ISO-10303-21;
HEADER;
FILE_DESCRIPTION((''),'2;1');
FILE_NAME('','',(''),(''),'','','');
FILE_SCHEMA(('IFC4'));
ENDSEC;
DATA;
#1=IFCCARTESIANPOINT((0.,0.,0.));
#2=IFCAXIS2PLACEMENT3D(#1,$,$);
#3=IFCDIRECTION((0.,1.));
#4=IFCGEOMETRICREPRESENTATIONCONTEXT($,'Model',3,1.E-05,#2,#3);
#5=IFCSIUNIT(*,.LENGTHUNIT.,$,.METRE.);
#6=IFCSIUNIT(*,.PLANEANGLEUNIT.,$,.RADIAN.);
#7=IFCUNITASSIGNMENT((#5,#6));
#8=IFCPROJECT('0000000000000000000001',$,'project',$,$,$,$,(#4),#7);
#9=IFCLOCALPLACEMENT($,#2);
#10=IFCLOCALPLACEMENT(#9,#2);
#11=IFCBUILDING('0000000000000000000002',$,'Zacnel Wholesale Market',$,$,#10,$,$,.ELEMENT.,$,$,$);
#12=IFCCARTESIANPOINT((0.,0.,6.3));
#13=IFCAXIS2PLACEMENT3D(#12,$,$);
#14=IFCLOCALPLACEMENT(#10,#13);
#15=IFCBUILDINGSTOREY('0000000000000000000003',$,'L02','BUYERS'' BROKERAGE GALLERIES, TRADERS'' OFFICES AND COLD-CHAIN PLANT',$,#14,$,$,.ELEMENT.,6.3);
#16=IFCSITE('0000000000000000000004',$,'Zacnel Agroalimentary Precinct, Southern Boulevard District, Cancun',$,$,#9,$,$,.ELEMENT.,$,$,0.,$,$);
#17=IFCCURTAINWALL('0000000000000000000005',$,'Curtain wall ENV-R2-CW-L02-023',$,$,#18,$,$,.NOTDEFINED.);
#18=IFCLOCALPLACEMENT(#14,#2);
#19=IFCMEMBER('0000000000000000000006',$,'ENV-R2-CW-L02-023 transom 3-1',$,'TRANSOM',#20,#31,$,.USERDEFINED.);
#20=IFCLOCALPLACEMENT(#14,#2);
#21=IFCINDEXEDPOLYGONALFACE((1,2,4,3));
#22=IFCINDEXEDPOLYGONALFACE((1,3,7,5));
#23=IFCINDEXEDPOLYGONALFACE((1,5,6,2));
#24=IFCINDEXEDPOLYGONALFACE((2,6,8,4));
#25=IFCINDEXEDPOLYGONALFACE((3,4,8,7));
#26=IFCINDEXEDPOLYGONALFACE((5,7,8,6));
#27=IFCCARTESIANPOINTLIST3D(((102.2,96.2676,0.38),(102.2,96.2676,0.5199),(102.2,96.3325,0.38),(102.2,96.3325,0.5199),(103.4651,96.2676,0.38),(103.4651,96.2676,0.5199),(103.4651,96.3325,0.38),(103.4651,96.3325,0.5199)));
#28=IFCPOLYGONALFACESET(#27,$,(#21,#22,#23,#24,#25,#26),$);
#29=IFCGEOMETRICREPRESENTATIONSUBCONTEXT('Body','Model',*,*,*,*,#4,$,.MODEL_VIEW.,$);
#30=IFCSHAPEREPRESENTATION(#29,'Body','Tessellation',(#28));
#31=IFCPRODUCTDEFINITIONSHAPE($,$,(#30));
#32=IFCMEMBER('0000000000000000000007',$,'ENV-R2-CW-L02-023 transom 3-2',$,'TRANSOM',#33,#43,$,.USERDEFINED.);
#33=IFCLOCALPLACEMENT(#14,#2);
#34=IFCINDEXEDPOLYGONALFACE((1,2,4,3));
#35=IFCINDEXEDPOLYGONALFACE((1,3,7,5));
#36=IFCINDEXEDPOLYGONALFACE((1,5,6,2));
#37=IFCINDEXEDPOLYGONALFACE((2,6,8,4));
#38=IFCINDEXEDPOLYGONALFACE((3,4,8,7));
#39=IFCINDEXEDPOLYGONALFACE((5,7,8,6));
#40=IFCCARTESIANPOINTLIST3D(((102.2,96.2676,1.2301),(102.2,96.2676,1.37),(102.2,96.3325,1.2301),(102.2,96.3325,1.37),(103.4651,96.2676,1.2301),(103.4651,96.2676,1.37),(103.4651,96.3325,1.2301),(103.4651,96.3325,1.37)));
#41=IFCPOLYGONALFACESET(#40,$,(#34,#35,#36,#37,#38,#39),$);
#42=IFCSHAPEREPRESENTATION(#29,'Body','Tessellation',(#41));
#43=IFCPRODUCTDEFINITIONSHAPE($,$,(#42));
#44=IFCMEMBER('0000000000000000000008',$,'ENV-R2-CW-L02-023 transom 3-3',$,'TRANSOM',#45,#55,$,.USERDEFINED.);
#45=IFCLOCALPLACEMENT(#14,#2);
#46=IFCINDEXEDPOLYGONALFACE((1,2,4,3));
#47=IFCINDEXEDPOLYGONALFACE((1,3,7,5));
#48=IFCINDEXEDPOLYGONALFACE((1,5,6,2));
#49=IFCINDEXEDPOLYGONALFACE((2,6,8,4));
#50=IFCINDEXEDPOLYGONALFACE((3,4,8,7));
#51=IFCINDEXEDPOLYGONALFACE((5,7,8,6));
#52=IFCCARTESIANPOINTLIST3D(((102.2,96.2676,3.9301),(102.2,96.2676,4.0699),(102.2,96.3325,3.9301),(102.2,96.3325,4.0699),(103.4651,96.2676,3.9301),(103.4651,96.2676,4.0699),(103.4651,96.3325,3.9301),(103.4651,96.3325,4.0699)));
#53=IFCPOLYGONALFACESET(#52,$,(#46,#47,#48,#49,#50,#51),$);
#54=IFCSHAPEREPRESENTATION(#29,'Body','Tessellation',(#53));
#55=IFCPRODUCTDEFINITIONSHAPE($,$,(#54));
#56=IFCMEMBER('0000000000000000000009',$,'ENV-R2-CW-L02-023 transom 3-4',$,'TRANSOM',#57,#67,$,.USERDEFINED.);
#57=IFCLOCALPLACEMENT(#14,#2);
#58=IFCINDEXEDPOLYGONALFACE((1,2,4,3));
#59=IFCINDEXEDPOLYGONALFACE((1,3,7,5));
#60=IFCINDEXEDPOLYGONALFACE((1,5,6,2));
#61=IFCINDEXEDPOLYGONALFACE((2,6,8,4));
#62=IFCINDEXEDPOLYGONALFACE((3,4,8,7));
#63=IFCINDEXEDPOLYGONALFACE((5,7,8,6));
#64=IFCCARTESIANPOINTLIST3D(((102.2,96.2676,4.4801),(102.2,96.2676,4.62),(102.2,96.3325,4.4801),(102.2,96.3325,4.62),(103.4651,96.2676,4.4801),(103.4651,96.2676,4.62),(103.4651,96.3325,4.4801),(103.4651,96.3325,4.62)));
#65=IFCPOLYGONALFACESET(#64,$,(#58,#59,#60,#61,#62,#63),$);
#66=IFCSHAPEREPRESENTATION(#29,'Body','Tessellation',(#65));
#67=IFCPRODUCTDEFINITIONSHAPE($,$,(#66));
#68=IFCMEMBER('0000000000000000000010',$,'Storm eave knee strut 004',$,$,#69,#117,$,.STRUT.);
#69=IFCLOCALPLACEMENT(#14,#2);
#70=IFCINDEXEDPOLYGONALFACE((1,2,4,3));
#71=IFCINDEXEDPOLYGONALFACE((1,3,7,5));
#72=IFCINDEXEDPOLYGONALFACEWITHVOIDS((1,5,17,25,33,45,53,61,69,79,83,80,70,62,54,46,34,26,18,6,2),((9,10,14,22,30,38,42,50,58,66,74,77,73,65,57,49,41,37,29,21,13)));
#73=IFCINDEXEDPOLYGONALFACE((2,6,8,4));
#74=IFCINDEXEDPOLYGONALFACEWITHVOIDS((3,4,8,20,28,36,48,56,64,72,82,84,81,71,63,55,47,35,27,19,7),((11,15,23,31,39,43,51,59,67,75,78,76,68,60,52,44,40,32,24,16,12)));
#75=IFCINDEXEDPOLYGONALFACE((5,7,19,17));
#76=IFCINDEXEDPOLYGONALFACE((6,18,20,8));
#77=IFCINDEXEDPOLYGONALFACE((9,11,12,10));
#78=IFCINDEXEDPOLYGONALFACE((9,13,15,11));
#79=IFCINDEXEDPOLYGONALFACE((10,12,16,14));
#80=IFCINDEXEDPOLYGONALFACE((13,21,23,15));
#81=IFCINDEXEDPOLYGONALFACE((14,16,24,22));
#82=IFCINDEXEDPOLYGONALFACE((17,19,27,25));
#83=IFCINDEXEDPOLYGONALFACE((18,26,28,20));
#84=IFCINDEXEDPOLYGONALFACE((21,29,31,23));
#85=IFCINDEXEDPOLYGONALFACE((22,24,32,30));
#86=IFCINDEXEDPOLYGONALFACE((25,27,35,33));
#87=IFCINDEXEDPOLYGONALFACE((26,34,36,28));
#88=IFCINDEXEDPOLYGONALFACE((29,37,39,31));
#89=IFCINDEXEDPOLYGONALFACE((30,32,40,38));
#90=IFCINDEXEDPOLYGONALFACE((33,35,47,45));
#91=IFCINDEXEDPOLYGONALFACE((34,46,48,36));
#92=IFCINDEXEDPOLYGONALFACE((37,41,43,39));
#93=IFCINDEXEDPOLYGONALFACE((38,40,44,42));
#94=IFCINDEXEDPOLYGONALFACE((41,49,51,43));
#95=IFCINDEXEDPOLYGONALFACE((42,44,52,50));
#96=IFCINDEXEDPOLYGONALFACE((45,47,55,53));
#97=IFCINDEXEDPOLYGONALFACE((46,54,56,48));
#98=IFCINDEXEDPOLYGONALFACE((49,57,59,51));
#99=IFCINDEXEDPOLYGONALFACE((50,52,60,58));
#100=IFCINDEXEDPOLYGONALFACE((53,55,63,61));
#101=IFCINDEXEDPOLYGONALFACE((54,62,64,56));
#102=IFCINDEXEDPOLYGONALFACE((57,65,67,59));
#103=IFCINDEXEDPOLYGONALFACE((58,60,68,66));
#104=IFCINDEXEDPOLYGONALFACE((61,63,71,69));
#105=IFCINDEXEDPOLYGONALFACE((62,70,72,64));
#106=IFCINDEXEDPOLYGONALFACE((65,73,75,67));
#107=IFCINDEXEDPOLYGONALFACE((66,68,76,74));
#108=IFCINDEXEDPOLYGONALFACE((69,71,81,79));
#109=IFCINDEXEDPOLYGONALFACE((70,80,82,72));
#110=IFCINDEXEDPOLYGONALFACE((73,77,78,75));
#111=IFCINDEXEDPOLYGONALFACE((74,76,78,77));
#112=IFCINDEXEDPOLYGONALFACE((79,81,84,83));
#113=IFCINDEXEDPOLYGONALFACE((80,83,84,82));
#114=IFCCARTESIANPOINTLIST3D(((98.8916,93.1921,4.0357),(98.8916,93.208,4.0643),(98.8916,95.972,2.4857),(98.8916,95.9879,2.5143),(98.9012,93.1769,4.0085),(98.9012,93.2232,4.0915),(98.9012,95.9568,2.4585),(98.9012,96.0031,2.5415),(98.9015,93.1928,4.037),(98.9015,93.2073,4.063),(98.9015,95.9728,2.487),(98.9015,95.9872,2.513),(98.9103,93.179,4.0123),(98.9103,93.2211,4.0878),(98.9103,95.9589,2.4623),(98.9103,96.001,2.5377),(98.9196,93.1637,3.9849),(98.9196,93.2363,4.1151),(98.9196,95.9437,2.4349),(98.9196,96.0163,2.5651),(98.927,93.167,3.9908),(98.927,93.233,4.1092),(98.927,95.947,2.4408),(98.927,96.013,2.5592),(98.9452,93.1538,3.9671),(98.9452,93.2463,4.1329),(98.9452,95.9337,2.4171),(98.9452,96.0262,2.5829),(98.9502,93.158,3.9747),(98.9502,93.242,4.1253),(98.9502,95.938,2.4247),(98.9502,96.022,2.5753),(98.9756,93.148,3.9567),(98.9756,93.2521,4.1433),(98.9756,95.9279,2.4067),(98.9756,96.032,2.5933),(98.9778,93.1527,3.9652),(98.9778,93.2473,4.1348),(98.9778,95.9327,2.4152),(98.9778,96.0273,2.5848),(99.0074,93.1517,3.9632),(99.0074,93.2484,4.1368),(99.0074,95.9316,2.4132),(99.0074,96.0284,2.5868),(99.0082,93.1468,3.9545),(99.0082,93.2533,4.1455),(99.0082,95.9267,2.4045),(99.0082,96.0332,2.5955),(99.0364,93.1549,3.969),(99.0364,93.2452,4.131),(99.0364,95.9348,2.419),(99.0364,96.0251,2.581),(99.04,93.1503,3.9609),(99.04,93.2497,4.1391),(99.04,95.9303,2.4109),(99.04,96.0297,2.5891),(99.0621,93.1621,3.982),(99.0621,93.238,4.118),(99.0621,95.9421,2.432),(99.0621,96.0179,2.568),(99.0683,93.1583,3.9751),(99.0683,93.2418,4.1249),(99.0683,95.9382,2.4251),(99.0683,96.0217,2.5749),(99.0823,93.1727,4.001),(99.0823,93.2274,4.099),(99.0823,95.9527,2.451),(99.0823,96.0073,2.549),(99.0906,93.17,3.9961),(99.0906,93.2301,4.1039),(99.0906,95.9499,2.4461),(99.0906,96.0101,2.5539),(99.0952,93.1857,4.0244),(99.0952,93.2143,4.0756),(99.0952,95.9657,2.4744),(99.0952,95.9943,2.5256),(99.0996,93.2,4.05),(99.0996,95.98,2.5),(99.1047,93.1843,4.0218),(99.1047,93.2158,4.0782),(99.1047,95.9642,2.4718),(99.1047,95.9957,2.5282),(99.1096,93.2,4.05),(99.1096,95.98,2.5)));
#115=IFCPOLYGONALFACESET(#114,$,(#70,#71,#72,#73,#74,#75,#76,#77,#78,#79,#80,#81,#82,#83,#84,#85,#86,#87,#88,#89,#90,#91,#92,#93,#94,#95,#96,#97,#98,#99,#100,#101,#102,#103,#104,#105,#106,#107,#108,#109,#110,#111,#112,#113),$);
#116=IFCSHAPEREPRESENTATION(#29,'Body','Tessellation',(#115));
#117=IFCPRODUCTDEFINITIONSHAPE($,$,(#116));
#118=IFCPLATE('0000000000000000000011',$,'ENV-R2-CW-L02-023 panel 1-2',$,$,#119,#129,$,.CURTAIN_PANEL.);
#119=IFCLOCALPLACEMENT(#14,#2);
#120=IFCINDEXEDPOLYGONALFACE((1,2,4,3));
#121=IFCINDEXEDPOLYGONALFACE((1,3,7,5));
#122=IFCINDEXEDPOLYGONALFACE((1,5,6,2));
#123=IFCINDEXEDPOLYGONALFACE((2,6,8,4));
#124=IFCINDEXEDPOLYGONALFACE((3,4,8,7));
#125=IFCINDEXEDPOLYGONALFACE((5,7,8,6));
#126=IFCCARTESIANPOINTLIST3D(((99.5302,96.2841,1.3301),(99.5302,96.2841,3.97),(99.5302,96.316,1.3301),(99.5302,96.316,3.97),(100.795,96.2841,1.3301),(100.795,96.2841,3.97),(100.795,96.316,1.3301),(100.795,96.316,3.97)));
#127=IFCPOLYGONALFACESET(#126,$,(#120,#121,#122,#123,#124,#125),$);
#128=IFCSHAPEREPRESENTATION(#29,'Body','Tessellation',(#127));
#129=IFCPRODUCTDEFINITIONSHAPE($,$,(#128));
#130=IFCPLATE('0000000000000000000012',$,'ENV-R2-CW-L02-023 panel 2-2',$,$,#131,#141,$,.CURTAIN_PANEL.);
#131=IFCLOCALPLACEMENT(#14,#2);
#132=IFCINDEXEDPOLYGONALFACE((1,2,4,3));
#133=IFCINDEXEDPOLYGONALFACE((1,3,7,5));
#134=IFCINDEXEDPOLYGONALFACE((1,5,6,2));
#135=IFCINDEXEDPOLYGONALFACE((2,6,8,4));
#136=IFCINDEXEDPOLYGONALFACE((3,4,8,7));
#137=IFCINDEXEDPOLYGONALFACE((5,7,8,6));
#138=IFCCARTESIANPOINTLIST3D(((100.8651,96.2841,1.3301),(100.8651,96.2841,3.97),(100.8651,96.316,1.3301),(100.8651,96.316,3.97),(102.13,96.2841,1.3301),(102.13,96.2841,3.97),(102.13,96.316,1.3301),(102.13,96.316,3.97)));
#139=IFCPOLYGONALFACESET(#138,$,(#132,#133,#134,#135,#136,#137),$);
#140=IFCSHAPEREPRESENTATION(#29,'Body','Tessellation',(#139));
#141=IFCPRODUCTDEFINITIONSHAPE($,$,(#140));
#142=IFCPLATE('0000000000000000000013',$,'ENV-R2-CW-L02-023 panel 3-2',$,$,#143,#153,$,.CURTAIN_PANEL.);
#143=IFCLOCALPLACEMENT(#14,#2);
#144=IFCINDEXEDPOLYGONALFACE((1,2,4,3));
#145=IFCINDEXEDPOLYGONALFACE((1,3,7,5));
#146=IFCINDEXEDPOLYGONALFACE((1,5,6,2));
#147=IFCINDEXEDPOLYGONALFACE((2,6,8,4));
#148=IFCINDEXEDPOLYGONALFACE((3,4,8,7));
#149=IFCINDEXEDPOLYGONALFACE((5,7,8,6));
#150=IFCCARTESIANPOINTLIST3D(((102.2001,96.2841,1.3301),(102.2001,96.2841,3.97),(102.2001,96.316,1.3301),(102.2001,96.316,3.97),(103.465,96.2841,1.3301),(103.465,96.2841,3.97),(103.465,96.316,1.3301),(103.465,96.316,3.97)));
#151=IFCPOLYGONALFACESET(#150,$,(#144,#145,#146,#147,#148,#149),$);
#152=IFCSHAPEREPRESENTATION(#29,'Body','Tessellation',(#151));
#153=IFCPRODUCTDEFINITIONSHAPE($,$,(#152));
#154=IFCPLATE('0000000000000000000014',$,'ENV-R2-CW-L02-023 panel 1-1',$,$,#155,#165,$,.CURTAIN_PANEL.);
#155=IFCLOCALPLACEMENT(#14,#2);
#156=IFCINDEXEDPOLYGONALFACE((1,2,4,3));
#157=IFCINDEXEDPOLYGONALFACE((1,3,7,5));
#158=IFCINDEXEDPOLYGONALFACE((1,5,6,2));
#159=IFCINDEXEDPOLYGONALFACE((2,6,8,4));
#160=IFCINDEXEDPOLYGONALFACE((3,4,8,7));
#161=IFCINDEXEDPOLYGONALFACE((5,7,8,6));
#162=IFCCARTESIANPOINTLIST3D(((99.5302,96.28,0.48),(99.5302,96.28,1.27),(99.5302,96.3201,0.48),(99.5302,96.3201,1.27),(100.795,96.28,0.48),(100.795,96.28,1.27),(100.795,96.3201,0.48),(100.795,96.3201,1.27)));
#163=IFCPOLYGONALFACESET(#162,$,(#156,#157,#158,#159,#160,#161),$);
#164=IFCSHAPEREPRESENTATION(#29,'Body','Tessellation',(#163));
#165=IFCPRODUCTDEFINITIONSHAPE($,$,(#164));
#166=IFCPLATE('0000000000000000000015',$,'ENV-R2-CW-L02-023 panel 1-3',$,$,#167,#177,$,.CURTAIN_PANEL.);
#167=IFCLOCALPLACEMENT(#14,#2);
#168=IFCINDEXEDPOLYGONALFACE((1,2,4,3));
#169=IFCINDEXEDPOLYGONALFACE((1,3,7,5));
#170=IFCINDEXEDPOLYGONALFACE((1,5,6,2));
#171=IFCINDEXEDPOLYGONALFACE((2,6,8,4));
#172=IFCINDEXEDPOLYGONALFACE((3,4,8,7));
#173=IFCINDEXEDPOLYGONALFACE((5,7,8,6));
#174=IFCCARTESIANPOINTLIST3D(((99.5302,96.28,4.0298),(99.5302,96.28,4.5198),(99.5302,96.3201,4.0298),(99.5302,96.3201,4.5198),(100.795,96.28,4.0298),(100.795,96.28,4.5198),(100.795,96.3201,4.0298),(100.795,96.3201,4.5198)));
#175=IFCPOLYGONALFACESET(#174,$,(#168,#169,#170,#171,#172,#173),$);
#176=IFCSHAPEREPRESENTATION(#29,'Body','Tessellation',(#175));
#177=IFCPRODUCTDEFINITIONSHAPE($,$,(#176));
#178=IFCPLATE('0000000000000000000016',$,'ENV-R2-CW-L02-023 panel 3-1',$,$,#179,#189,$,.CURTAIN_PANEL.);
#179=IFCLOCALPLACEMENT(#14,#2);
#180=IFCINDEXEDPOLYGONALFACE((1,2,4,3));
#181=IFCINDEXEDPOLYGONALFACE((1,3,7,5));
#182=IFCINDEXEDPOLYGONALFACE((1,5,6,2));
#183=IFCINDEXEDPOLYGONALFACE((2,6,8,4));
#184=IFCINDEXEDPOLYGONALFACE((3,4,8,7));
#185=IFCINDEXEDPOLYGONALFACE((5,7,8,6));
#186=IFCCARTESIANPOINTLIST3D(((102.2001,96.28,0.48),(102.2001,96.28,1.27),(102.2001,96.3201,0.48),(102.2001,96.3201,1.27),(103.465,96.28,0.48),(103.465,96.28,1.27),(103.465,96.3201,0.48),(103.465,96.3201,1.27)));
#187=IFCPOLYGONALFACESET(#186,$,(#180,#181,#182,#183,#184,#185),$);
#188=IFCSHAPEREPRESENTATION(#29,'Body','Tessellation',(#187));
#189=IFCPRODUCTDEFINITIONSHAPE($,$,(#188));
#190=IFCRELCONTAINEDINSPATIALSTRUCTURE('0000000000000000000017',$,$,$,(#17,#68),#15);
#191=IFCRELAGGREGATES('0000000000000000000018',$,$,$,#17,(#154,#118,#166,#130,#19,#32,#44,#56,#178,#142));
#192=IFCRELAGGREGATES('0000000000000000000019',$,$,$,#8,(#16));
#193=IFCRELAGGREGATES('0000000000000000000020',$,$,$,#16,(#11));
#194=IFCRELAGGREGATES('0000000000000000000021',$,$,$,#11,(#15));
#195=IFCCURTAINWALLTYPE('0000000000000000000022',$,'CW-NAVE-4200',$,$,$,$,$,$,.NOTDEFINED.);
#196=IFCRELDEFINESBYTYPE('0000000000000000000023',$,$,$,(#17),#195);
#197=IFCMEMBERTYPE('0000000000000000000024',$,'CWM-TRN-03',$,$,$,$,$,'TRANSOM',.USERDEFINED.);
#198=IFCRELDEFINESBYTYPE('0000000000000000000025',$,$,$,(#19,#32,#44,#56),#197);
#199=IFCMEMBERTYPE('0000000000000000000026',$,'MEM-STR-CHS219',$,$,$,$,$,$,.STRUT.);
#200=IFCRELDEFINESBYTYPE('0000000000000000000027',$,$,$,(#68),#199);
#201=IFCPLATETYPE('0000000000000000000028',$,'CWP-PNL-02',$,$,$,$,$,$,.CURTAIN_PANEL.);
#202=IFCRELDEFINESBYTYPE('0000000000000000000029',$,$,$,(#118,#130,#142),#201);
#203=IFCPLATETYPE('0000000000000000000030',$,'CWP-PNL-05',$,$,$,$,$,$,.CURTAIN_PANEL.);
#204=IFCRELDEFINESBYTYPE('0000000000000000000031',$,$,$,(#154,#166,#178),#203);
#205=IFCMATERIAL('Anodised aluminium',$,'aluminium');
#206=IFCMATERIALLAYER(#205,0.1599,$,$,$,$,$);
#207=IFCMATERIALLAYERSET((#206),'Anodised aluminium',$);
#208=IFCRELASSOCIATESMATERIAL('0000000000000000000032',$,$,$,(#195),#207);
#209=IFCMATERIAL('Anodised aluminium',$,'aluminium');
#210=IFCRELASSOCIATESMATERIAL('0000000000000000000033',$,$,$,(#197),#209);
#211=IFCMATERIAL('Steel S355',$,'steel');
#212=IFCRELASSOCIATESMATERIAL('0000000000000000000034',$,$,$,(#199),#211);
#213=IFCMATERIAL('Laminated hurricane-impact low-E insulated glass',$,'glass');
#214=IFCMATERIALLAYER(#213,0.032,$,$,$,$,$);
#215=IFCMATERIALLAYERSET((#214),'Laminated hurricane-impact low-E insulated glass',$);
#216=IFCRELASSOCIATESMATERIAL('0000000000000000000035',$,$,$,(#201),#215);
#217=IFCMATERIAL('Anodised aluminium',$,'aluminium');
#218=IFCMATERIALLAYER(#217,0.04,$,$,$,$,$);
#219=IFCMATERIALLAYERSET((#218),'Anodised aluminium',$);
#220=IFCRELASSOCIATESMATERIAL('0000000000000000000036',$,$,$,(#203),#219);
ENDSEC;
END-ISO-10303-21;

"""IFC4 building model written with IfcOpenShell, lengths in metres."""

from ifc_helpers import new_model, si_unit, direction, frame, origin, origin_2d, place, context, subcontext, project, spatial, rectangle, hollow_circle, extrude, material, layer, layer_set, material_profile, profile_set, type_object, element, aggregate, save


model = new_model("IFC4")

# Units and contexts
model_context = context("Model", 3, precision=1e-05, world=origin(), true_north=direction((0.0, 1.0)))
body_context = subcontext(model_context, "Body", "Model", "MODEL_VIEW")
ifc_project = project(units=[si_unit("LENGTHUNIT", "METRE"), si_unit("PLANEANGLEUNIT", "RADIAN")], contexts=[model_context])

# Site, building, storey
site_placement = place(None, origin())
site = spatial("IfcSite", under=ifc_project, at=site_placement, Name="Zacnel Agroalimentary Precinct, Southern Boulevard District, Cancun", CompositionType="ELEMENT", RefElevation=0.0)
building_placement = place(site_placement, origin())
building = spatial("IfcBuilding", under=site, at=building_placement, Name="Zacnel Wholesale Market", CompositionType="ELEMENT")
storey_placement = place(building_placement, frame((0.0, 0.0, 6.3)))
storey = spatial("IfcBuildingStorey", under=building, at=storey_placement, Name="L02", Description="BUYERS' BROKERAGE GALLERIES, TRADERS' OFFICES AND COLD-CHAIN PLANT", CompositionType="ELEMENT", Elevation=6.3)

# Shared definitions
ifc_material_1 = material(Name="Anodised aluminium", Category="aluminium")
ifc_layer_1 = layer(ifc_material_1, 0.1599)
ifc_layer_set_1 = layer_set([ifc_layer_1], Name="Anodised aluminium")
curtain_wall_type = type_object("IfcCurtainWallType", Name="CW-NAVE-4200", PredefinedType="NOTDEFINED", material=ifc_layer_set_1)

# Curtain wall, members
curtain_wall_1_placement = place(storey_placement, origin())
curtain_wall_1 = element("IfcCurtainWall", 1, at=curtain_wall_1_placement, inside=storey, type_object=curtain_wall_type, Name="Curtain wall ENV-R2-CW-L02-023", PredefinedType="NOTDEFINED")
ifc_material_2 = material(Name="Anodised aluminium", Category="aluminium")
ifc_material_profile_1 = material_profile(ifc_material_2, rectangle(XDim=0.0649, YDim=0.1399, at=origin_2d()), Name="AW-TRANSOM 65x140")
ifc_profile_set_1 = profile_set([ifc_material_profile_1], Name="Anodised aluminium")
member_type_1 = type_object("IfcMemberType", Name="CWM-TRN-03", ElementType="TRANSOM", PredefinedType="USERDEFINED", material=ifc_profile_set_1)
member_1_placement = place(storey_placement, frame((102.2, 96.3, 0.45), z_axis=(1.0, 0.0, 0.0), x_axis=(0.0, 1.0, 0.0)))
member_1 = element("IfcMember", 2, at=member_1_placement, type_object=member_type_1, Name="ENV-R2-CW-L02-023 transom 3-1", ObjectType="TRANSOM", PredefinedType="USERDEFINED", context=body_context, shape_type="SweptSolid", body=[
    extrude(rectangle(XDim=0.0649, YDim=0.1399, at=origin_2d()), origin(), (0.0, 0.0, 1.0), 1.2651),
])
member_2_placement = place(storey_placement, frame((102.2, 96.3, 1.3), z_axis=(1.0, 0.0, 0.0), x_axis=(0.0, 1.0, 0.0)))
member_2 = element("IfcMember", 3, at=member_2_placement, type_object=member_type_1, Name="ENV-R2-CW-L02-023 transom 3-2", ObjectType="TRANSOM", PredefinedType="USERDEFINED", context=body_context, shape_type="SweptSolid", body=[
    extrude(rectangle(XDim=0.0649, YDim=0.1399, at=origin_2d()), origin(), (0.0, 0.0, 1.0), 1.2651),
])
member_3_placement = place(storey_placement, frame((102.2, 96.3, 4.0), z_axis=(1.0, 0.0, 0.0), x_axis=(0.0, 1.0, 0.0)))
member_3 = element("IfcMember", 4, at=member_3_placement, type_object=member_type_1, Name="ENV-R2-CW-L02-023 transom 3-3", ObjectType="TRANSOM", PredefinedType="USERDEFINED", context=body_context, shape_type="SweptSolid", body=[
    extrude(rectangle(XDim=0.0649, YDim=0.1399, at=origin_2d()), origin(), (0.0, 0.0, 1.0), 1.2651),
])
member_4_placement = place(storey_placement, frame((102.2, 96.3, 4.55), z_axis=(1.0, 0.0, 0.0), x_axis=(0.0, 1.0, 0.0)))
member_4 = element("IfcMember", 5, at=member_4_placement, type_object=member_type_1, Name="ENV-R2-CW-L02-023 transom 3-4", ObjectType="TRANSOM", PredefinedType="USERDEFINED", context=body_context, shape_type="SweptSolid", body=[
    extrude(rectangle(XDim=0.0649, YDim=0.1399, at=origin_2d()), origin(), (0.0, 0.0, 1.0), 1.2651),
])

# Member
ifc_material_3 = material(Name="Steel S355", Category="steel")
ifc_material_profile_2 = material_profile(ifc_material_3, hollow_circle(Radius=0.1096, WallThickness=0.01, at=origin_2d()), Name="CHS 219.1x10")
ifc_profile_set_2 = profile_set([ifc_material_profile_2], Name="Steel S355")
member_type_2 = type_object("IfcMemberType", Name="MEM-STR-CHS219", PredefinedType="STRUT", material=ifc_profile_set_2)
member_5_placement = place(storey_placement, frame((99.0, 95.98, 2.5), z_axis=(0.0, -0.873411, 0.486984), x_axis=(1.0, 0.0, 0.0)))
element("IfcMember", 6, at=member_5_placement, inside=storey, type_object=member_type_2, Name="Storm eave knee strut 004", PredefinedType="STRUT", context=body_context, shape_type="SweptSolid", body=[
    extrude(hollow_circle(Radius=0.1096, WallThickness=0.01, at=origin_2d()), origin(), (0.0, 0.0, 1.0), 3.1829),
])

# Plates
ifc_material_4 = material(Name="Laminated hurricane-impact low-E insulated glass", Category="glass")
ifc_layer_2 = layer(ifc_material_4, 0.032)
ifc_layer_set_2 = layer_set([ifc_layer_2], Name="Laminated hurricane-impact low-E insulated glass")
plate_type_1 = type_object("IfcPlateType", Name="CWP-PNL-02", PredefinedType="CURTAIN_PANEL", material=ifc_layer_set_2)
plate_1_placement = place(storey_placement, frame((100.1626, 96.3, 1.3301), z_axis=(0.0, 0.0, 1.0), x_axis=(1.0, 0.0, 0.0)))
plate_1 = element("IfcPlate", 7, at=plate_1_placement, type_object=plate_type_1, Name="ENV-R2-CW-L02-023 panel 1-2", PredefinedType="CURTAIN_PANEL", context=body_context, shape_type="SweptSolid", body=[
    extrude(rectangle(XDim=1.2649, YDim=0.032, at=origin_2d()), origin(), (0.0, 0.0, 1.0), 2.6399),
])
plate_2_placement = place(storey_placement, frame((101.4976, 96.3, 1.3301), z_axis=(0.0, 0.0, 1.0), x_axis=(1.0, 0.0, 0.0)))
plate_2 = element("IfcPlate", 8, at=plate_2_placement, type_object=plate_type_1, Name="ENV-R2-CW-L02-023 panel 2-2", PredefinedType="CURTAIN_PANEL", context=body_context, shape_type="SweptSolid", body=[
    extrude(rectangle(XDim=1.2649, YDim=0.032, at=origin_2d()), origin(), (0.0, 0.0, 1.0), 2.6399),
])
plate_3_placement = place(storey_placement, frame((102.8325, 96.3, 1.3301), z_axis=(0.0, 0.0, 1.0), x_axis=(1.0, 0.0, 0.0)))
plate_3 = element("IfcPlate", 9, at=plate_3_placement, type_object=plate_type_1, Name="ENV-R2-CW-L02-023 panel 3-2", PredefinedType="CURTAIN_PANEL", context=body_context, shape_type="SweptSolid", body=[
    extrude(rectangle(XDim=1.2649, YDim=0.032, at=origin_2d()), origin(), (0.0, 0.0, 1.0), 2.6399),
])
ifc_material_5 = material(Name="Anodised aluminium", Category="aluminium")
ifc_layer_3 = layer(ifc_material_5, 0.04)
ifc_layer_set_3 = layer_set([ifc_layer_3], Name="Anodised aluminium")
plate_type_2 = type_object("IfcPlateType", Name="CWP-PNL-05", PredefinedType="CURTAIN_PANEL", material=ifc_layer_set_3)
plate_4_placement = place(storey_placement, frame((100.1626, 96.3, 0.48), z_axis=(0.0, 0.0, 1.0), x_axis=(1.0, 0.0, 0.0)))
plate_4 = element("IfcPlate", 10, at=plate_4_placement, type_object=plate_type_2, Name="ENV-R2-CW-L02-023 panel 1-1", PredefinedType="CURTAIN_PANEL", context=body_context, shape_type="SweptSolid", body=[
    extrude(rectangle(XDim=1.2649, YDim=0.04, at=origin_2d()), origin(), (0.0, 0.0, 1.0), 0.79),
])
plate_5_placement = place(storey_placement, frame((100.1626, 96.3, 4.0298), z_axis=(0.0, 0.0, 1.0), x_axis=(1.0, 0.0, 0.0)))
plate_5 = element("IfcPlate", 11, at=plate_5_placement, type_object=plate_type_2, Name="ENV-R2-CW-L02-023 panel 1-3", PredefinedType="CURTAIN_PANEL", context=body_context, shape_type="SweptSolid", body=[
    extrude(rectangle(XDim=1.2649, YDim=0.04, at=origin_2d()), origin(), (0.0, 0.0, 1.0), 0.49),
])
plate_6_placement = place(storey_placement, frame((102.8325, 96.3, 0.48), z_axis=(0.0, 0.0, 1.0), x_axis=(1.0, 0.0, 0.0)))
plate_6 = element("IfcPlate", 12, at=plate_6_placement, type_object=plate_type_2, Name="ENV-R2-CW-L02-023 panel 3-1", PredefinedType="CURTAIN_PANEL", context=body_context, shape_type="SweptSolid", body=[
    extrude(rectangle(XDim=1.2649, YDim=0.04, at=origin_2d()), origin(), (0.0, 0.0, 1.0), 0.79),
])
aggregate(curtain_wall_1, [plate_4, plate_1, plate_5, plate_2, member_1, member_2, member_3, member_4, plate_6, plate_3])

save(model, "model.ifc")
